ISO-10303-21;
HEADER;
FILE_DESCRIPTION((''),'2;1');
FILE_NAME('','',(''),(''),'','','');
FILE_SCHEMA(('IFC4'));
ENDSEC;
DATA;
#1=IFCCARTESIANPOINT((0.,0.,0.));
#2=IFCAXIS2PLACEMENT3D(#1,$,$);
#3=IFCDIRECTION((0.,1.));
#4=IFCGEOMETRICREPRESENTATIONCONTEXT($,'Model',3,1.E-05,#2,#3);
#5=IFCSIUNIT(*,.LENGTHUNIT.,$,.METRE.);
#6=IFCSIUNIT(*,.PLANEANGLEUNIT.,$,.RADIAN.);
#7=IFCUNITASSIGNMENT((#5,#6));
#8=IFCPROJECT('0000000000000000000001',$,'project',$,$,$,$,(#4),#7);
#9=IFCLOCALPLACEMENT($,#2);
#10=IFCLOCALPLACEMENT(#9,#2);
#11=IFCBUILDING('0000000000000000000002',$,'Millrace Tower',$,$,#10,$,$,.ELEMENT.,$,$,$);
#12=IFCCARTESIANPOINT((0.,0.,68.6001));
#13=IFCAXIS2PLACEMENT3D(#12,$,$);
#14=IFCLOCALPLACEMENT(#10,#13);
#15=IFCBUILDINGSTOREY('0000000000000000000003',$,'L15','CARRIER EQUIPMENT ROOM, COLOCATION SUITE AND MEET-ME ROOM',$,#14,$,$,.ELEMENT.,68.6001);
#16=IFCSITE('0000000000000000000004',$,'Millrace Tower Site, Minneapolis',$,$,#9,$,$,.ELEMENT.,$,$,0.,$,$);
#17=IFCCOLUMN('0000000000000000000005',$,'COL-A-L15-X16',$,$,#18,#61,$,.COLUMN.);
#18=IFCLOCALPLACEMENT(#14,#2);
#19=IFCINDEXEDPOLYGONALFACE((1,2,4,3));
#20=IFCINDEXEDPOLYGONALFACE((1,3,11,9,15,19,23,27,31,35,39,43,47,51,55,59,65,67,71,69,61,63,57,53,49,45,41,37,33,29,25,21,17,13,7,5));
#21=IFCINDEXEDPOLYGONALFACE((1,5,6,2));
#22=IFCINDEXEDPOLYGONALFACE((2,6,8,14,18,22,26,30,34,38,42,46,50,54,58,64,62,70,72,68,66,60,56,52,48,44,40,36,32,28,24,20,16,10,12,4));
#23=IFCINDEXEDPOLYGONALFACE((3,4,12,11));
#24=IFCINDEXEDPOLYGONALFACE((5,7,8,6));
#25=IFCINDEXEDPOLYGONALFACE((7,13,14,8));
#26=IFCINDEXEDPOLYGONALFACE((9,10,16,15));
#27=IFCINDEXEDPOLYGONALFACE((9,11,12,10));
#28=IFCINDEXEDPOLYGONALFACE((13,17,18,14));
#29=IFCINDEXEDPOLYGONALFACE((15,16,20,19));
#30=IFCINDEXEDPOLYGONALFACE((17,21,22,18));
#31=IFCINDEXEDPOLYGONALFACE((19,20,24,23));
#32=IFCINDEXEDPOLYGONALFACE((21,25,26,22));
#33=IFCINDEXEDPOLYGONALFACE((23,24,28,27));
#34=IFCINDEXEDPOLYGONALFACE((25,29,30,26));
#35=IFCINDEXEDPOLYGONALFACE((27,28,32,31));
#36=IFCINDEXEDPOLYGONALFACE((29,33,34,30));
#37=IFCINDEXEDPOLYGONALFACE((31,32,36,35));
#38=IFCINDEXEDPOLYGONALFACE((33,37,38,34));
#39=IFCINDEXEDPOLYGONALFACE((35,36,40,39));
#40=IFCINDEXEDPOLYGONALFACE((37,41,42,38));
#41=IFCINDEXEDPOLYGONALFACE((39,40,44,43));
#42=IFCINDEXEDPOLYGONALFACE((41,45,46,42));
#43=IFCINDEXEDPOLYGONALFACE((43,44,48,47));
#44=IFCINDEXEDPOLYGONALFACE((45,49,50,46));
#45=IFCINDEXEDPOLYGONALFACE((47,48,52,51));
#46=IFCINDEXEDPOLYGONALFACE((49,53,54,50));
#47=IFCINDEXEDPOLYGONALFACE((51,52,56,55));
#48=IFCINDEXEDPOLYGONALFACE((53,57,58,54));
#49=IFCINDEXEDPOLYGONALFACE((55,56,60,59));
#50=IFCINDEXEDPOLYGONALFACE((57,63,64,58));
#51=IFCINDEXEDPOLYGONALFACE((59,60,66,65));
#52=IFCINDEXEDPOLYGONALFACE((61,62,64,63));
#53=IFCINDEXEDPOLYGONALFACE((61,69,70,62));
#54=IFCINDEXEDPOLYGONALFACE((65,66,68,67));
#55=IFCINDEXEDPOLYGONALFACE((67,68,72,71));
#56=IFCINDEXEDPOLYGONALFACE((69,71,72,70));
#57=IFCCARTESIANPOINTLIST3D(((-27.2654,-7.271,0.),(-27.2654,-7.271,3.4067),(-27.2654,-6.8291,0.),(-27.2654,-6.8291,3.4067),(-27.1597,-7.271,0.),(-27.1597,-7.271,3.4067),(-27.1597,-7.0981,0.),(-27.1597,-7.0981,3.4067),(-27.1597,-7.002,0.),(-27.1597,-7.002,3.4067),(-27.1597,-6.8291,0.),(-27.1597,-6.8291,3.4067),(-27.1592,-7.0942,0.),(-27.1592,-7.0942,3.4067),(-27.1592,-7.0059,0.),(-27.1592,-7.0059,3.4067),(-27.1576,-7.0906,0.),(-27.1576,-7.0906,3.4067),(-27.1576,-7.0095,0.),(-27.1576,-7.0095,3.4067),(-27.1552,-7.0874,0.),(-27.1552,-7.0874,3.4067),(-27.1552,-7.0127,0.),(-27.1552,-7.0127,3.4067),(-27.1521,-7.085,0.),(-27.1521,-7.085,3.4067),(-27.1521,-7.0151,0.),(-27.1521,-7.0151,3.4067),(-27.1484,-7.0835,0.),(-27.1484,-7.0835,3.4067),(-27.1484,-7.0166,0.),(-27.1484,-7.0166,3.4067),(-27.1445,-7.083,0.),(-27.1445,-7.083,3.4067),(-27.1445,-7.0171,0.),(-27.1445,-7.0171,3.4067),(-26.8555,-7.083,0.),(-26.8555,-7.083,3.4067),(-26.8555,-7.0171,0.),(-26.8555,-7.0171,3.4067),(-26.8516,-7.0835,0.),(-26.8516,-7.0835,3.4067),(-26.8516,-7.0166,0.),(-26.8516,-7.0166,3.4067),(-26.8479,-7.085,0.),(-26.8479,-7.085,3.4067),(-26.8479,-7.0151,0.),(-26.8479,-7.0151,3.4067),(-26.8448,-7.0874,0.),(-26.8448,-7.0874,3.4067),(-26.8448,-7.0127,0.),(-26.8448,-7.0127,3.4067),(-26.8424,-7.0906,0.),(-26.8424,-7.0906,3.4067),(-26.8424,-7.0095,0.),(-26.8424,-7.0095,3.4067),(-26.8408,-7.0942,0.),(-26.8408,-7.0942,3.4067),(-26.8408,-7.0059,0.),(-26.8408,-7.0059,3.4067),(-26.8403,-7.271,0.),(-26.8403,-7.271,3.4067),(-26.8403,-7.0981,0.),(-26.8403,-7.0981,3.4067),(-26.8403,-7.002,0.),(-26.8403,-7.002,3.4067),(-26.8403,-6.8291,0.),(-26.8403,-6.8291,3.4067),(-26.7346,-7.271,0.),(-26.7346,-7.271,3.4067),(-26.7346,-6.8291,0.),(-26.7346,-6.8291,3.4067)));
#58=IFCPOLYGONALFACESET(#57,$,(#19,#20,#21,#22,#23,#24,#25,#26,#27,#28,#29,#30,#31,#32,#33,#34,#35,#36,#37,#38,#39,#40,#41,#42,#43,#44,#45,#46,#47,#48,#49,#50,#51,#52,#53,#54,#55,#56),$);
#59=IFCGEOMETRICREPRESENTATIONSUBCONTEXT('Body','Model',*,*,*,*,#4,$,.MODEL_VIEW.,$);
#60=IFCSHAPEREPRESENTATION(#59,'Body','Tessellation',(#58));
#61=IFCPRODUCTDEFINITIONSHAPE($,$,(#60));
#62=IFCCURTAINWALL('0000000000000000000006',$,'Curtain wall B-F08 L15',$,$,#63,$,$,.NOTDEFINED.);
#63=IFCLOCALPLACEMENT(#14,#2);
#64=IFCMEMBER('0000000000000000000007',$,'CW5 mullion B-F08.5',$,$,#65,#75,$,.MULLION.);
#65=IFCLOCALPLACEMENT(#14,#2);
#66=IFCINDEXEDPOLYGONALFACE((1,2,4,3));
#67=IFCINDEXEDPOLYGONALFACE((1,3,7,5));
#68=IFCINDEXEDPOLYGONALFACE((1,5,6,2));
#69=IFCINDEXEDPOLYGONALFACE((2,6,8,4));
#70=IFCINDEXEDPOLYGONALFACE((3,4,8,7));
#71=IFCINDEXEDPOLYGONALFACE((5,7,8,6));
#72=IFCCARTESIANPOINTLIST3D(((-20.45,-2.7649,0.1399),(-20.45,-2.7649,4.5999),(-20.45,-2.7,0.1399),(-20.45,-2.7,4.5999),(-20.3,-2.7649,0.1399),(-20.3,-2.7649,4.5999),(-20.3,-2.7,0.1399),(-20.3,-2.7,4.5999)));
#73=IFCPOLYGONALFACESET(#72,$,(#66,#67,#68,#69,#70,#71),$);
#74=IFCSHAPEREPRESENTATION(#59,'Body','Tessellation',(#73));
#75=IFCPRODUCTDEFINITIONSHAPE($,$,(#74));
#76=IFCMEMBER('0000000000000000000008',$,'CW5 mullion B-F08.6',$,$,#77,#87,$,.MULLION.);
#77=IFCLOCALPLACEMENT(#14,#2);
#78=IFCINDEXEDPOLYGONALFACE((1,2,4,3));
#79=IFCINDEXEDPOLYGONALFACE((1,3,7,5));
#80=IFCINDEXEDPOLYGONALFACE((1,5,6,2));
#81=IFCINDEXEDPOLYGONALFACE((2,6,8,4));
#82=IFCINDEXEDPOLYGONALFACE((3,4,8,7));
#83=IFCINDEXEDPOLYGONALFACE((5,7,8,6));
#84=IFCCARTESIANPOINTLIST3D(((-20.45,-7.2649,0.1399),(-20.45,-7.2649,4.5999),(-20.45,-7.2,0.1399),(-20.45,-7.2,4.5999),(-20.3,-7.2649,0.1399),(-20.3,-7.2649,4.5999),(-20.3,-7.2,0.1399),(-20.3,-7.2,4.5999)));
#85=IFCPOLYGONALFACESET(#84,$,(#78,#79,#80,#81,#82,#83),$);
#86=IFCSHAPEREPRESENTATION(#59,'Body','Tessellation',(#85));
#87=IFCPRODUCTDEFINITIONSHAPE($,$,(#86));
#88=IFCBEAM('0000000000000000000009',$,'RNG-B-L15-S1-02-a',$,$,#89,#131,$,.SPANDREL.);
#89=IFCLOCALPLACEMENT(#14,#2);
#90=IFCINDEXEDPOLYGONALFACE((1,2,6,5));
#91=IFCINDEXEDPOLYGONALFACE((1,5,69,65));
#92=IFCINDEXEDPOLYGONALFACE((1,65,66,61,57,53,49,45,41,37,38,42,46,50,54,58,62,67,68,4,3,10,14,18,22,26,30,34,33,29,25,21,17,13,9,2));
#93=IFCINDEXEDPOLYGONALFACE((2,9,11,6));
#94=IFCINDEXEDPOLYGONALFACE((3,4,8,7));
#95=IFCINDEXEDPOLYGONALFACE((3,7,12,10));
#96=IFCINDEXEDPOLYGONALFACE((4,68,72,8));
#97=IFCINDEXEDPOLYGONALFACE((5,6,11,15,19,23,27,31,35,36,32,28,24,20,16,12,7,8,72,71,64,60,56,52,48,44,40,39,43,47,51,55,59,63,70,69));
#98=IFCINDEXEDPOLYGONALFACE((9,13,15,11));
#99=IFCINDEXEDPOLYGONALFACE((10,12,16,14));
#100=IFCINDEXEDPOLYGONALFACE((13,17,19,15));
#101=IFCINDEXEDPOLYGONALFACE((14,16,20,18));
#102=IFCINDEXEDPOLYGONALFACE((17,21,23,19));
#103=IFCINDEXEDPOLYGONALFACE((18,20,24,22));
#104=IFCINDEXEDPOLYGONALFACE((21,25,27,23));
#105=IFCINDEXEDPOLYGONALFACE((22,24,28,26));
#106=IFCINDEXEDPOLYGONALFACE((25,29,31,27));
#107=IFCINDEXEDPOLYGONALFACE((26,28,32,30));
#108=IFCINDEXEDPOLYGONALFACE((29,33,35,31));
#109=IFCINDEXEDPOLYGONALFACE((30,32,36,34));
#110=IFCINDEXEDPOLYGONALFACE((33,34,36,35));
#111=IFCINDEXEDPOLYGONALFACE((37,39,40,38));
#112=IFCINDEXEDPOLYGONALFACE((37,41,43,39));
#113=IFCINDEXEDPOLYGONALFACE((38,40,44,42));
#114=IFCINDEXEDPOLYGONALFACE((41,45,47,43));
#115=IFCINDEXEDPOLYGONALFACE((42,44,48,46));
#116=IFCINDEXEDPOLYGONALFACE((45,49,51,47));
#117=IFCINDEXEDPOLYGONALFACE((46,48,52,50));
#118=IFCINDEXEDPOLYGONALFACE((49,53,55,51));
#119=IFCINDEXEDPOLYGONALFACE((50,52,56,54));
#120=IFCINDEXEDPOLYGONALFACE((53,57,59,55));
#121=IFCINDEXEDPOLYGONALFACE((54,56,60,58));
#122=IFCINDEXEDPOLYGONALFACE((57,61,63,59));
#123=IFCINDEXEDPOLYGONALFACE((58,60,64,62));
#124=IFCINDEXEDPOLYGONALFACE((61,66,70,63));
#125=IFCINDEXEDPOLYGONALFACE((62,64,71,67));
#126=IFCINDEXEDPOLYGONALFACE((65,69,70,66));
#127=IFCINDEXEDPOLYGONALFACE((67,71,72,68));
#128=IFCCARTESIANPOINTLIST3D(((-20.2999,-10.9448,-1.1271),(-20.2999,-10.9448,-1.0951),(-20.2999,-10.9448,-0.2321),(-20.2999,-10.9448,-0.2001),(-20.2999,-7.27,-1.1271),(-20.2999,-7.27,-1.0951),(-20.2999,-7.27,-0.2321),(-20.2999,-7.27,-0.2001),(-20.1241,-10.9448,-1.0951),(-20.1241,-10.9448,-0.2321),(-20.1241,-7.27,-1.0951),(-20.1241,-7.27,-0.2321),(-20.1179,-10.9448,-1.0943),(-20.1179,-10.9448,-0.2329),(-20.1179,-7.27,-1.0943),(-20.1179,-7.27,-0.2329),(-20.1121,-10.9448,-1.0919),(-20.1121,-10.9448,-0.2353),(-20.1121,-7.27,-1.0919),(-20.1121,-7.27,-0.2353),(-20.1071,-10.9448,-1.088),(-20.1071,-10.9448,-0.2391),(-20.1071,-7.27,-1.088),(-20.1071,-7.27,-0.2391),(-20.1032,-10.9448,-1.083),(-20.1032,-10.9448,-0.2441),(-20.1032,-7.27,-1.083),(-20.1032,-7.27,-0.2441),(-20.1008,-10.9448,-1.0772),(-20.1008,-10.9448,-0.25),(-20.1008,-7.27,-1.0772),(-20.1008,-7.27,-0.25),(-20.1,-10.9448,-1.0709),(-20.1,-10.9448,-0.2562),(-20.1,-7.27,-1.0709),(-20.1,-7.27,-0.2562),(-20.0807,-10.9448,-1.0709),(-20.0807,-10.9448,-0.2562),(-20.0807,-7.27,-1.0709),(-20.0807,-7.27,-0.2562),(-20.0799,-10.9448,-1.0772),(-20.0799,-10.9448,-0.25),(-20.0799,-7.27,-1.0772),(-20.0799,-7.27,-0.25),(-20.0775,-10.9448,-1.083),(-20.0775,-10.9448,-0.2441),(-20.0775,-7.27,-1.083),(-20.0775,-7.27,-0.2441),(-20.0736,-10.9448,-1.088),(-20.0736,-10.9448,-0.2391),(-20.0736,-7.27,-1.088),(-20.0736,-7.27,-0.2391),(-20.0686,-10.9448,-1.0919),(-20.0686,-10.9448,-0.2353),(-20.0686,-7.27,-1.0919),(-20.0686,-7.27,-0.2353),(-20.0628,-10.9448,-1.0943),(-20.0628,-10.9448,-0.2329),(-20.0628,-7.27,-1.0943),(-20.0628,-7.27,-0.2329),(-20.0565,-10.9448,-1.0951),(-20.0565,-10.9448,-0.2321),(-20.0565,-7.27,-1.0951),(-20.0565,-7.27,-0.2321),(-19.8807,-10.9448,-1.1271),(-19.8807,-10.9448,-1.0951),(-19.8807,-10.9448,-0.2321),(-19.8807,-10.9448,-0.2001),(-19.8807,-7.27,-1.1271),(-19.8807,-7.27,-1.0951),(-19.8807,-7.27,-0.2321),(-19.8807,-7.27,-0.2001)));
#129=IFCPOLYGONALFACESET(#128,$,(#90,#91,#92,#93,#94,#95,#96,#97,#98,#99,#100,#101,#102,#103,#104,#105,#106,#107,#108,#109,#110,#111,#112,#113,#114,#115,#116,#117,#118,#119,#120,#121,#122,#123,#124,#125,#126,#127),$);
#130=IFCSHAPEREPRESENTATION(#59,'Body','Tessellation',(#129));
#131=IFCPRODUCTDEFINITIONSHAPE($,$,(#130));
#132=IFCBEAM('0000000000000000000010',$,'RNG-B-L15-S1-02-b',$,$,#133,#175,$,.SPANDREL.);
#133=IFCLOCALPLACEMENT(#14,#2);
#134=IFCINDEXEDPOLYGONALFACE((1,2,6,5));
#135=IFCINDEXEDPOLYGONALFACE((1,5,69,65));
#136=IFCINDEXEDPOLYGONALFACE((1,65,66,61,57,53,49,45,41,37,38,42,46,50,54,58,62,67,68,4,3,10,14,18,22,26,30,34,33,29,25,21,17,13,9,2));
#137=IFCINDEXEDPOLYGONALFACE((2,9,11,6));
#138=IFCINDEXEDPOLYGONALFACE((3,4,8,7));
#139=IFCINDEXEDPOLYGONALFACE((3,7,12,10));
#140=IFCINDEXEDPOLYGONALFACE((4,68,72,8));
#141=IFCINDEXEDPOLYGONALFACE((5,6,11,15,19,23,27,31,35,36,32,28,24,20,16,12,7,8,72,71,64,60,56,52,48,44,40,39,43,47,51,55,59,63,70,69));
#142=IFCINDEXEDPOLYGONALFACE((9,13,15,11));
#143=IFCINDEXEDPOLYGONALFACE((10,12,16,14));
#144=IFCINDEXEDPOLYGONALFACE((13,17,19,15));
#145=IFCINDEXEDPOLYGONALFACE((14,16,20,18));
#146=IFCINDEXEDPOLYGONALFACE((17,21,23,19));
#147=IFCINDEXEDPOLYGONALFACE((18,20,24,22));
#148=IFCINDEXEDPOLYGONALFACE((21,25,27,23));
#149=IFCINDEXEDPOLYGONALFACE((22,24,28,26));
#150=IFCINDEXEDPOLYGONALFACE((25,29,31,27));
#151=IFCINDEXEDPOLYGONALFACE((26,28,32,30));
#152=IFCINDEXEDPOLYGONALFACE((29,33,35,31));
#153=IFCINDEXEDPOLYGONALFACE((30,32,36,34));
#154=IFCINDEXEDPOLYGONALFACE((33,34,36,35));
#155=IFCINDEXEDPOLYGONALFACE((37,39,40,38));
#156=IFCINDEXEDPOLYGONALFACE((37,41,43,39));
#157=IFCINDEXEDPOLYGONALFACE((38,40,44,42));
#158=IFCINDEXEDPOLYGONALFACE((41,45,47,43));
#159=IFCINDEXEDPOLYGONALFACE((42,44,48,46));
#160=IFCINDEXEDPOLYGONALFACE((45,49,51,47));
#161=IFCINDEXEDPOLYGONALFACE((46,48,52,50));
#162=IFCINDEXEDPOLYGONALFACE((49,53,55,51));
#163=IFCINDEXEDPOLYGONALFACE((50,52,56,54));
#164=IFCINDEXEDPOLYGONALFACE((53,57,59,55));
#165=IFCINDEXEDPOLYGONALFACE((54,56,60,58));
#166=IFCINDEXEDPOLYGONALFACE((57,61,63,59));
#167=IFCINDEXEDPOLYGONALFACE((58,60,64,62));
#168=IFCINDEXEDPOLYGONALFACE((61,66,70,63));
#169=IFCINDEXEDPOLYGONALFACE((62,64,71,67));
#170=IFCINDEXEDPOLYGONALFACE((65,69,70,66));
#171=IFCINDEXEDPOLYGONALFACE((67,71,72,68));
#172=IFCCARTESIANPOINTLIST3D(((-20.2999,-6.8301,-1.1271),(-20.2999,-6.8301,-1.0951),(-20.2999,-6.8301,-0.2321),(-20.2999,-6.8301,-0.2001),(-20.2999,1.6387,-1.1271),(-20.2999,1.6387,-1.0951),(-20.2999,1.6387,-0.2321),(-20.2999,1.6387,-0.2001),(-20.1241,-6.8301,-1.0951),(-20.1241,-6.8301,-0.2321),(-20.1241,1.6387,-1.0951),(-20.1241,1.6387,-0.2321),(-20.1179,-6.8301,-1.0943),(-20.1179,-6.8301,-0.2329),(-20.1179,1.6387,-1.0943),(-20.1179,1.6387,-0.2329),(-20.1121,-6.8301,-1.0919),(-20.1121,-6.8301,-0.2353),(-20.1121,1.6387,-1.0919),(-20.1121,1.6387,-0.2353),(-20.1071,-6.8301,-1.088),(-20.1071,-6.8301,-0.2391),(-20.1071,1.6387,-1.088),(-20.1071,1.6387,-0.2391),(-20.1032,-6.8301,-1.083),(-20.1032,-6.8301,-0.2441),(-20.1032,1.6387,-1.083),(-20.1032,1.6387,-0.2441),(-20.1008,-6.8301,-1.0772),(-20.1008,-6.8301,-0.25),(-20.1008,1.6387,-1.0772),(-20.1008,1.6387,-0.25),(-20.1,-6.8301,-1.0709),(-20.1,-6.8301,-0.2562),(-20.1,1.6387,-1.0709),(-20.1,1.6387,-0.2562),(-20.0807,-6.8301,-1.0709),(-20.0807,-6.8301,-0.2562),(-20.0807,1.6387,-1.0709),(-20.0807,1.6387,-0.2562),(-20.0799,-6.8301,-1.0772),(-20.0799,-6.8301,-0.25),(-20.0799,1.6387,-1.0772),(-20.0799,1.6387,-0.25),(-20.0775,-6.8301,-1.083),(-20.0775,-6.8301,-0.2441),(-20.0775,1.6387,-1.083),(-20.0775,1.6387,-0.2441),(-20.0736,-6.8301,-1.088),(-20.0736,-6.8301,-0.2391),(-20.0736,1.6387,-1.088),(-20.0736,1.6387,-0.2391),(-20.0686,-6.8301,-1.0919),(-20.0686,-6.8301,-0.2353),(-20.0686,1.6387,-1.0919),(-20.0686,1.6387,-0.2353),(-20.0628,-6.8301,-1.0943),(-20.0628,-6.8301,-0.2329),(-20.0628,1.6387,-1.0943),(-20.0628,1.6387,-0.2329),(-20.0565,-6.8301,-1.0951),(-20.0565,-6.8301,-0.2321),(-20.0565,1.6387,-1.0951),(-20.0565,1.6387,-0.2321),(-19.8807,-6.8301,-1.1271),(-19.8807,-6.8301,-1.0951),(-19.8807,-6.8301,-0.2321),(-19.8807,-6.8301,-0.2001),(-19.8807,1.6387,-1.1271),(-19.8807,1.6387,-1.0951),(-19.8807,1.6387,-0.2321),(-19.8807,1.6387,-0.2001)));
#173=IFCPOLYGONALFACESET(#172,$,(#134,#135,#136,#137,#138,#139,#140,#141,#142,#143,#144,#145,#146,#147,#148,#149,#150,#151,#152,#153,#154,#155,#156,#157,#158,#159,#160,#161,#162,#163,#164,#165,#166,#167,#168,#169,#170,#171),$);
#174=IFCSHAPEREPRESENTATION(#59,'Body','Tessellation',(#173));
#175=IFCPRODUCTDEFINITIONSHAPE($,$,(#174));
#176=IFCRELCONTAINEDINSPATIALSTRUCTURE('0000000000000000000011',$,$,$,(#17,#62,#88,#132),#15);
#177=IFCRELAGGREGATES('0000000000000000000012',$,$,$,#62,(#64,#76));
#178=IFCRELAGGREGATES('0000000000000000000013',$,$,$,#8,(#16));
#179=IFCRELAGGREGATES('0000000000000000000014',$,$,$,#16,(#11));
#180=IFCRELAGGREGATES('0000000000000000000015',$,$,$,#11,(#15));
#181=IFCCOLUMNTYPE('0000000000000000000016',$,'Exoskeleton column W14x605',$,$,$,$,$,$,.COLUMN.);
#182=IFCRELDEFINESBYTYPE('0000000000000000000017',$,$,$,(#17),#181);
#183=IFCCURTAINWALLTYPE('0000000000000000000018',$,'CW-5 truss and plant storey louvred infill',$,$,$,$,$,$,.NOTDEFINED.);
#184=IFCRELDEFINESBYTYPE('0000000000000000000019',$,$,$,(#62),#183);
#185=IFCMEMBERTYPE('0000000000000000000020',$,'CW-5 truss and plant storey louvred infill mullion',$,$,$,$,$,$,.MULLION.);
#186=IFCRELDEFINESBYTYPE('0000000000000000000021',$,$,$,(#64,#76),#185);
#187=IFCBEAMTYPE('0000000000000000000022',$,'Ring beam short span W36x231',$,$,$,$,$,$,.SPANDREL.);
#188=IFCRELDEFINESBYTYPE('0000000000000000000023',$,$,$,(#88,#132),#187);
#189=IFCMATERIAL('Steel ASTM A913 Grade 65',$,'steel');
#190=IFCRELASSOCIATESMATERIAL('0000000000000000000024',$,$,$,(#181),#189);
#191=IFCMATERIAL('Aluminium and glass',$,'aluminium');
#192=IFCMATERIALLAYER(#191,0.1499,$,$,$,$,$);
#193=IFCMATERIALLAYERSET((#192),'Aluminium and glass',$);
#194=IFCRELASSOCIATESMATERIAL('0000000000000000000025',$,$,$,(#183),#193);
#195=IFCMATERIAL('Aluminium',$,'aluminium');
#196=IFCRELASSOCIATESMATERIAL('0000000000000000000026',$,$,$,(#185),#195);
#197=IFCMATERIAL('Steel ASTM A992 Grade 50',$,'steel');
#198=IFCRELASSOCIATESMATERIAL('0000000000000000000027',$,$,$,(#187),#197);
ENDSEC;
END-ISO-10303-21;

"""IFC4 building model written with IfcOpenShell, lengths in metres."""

from ifc_helpers import new_model, si_unit, direction, frame, origin, origin_2d, place, context, subcontext, project, spatial, rectangle, i_section, extrude, material, layer, layer_set, material_profile, profile_set, type_object, element, aggregate, save


model = new_model("IFC4")

# Units and contexts
model_context = context("Model", 3, precision=1e-05, world=origin(), true_north=direction((0.0, 1.0)))
body_context = subcontext(model_context, "Body", "Model", "MODEL_VIEW")
ifc_project = project(units=[si_unit("LENGTHUNIT", "METRE"), si_unit("PLANEANGLEUNIT", "RADIAN")], contexts=[model_context])

# Site, building, storey
site_placement = place(None, origin())
site = spatial("IfcSite", under=ifc_project, at=site_placement, Name="Millrace Tower Site, Minneapolis", CompositionType="ELEMENT", RefElevation=0.0)
building_placement = place(site_placement, origin())
building = spatial("IfcBuilding", under=site, at=building_placement, Name="Millrace Tower", CompositionType="ELEMENT")
storey_placement = place(building_placement, frame((0.0, 0.0, 68.6001)))
storey = spatial("IfcBuildingStorey", under=building, at=storey_placement, Name="L15", Description="CARRIER EQUIPMENT ROOM, COLOCATION SUITE AND MEET-ME ROOM", CompositionType="ELEMENT", Elevation=68.6001)

# Column
ifc_material_1 = material(Name="Steel ASTM A913 Grade 65", Category="steel")
ifc_material_profile_1 = material_profile(ifc_material_1, i_section(OverallWidth=0.4419, OverallDepth=0.5308, WebThickness=0.0659, FlangeThickness=0.1057, FilletRadius=0.0151, at=origin_2d()))
ifc_profile_set_1 = profile_set([ifc_material_profile_1], Name="Steel ASTM A913 Grade 65")
column_type = type_object("IfcColumnType", Name="Exoskeleton column W14x605", PredefinedType="COLUMN", material=ifc_profile_set_1)
column_placement = place(storey_placement, frame((-27.0, -7.05, 0.0), z_axis=(0.0, 0.0, 1.0), x_axis=(0.0, -1.0, 0.0)))
element("IfcColumn", 1, at=column_placement, inside=storey, type_object=column_type, Name="COL-A-L15-X16", PredefinedType="COLUMN", context=body_context, shape_type="SweptSolid", body=[
    extrude(i_section(OverallWidth=0.4419, OverallDepth=0.5308, WebThickness=0.0659, FlangeThickness=0.1057, FilletRadius=0.0151, at=origin_2d()), origin(), (0.0, 0.0, 1.0), 3.4067),
])

# Curtain wall, members
ifc_material_2 = material(Name="Aluminium and glass", Category="aluminium")
ifc_layer_1 = layer(ifc_material_2, 0.1499)
ifc_layer_set_1 = layer_set([ifc_layer_1], Name="Aluminium and glass")
curtain_wall_type = type_object("IfcCurtainWallType", Name="CW-5 truss and plant storey louvred infill", PredefinedType="NOTDEFINED", material=ifc_layer_set_1)
curtain_wall_placement = place(storey_placement, origin())
curtain_wall = element("IfcCurtainWall", 2, at=curtain_wall_placement, inside=storey, type_object=curtain_wall_type, Name="Curtain wall B-F08 L15", PredefinedType="NOTDEFINED")
ifc_material_3 = material(Name="Aluminium", Category="aluminium")
ifc_material_profile_2 = material_profile(ifc_material_3, rectangle(XDim=0.0649, YDim=0.1499, at=origin_2d()))
ifc_profile_set_2 = profile_set([ifc_material_profile_2], Name="Aluminium")
member_type_1 = type_object("IfcMemberType", Name="CW-5 truss and plant storey louvred infill mullion", PredefinedType="MULLION", material=ifc_profile_set_2)
member_1_placement = place(storey_placement, frame((-20.375, -2.7324, 0.1399), z_axis=(0.0, 0.0, 1.0), x_axis=(0.0, -1.0, 0.0)))
member_1 = element("IfcMember", 3, at=member_1_placement, type_object=member_type_1, Name="CW5 mullion B-F08.5", PredefinedType="MULLION", context=body_context, shape_type="SweptSolid", body=[
    extrude(rectangle(XDim=0.0649, YDim=0.1499, at=origin_2d()), origin(), (0.0, 0.0, 1.0), 4.46),
])
member_2_placement = place(storey_placement, frame((-20.375, -7.2324, 0.1399), z_axis=(0.0, 0.0, 1.0), x_axis=(0.0, -1.0, 0.0)))
member_2 = element("IfcMember", 4, at=member_2_placement, type_object=member_type_1, Name="CW5 mullion B-F08.6", PredefinedType="MULLION", context=body_context, shape_type="SweptSolid", body=[
    extrude(rectangle(XDim=0.0649, YDim=0.1499, at=origin_2d()), origin(), (0.0, 0.0, 1.0), 4.46),
])
aggregate(curtain_wall, [member_1, member_2])

# Beams
ifc_material_4 = material(Name="Steel ASTM A992 Grade 50", Category="steel")
ifc_material_profile_3 = material_profile(ifc_material_4, i_section(OverallWidth=0.4192, OverallDepth=0.927, WebThickness=0.0193, FlangeThickness=0.032, FilletRadius=0.0242, at=origin_2d()))
ifc_profile_set_3 = profile_set([ifc_material_profile_3], Name="Steel ASTM A992 Grade 50")
beam_type_1 = type_object("IfcBeamType", Name="Ring beam short span W36x231", PredefinedType="SPANDREL", material=ifc_profile_set_3)
beam_1_placement = place(storey_placement, frame((-20.0903, -10.9448, -0.6636), z_axis=(0.0, 1.0, 0.0), x_axis=(-1.0, 0.0, 0.0)))
element("IfcBeam", 5, at=beam_1_placement, inside=storey, type_object=beam_type_1, Name="RNG-B-L15-S1-02-a", PredefinedType="SPANDREL", context=body_context, shape_type="SweptSolid", body=[
    extrude(i_section(OverallWidth=0.4192, OverallDepth=0.927, WebThickness=0.0193, FlangeThickness=0.032, FilletRadius=0.0242, at=origin_2d()), origin(), (0.0, 0.0, 1.0), 3.6748),
])
beam_2_placement = place(storey_placement, frame((-20.0903, -6.8301, -0.6636), z_axis=(0.0, 1.0, 0.0), x_axis=(-1.0, 0.0, 0.0)))
element("IfcBeam", 6, at=beam_2_placement, inside=storey, type_object=beam_type_1, Name="RNG-B-L15-S1-02-b", PredefinedType="SPANDREL", context=body_context, shape_type="SweptSolid", body=[
    extrude(i_section(OverallWidth=0.4192, OverallDepth=0.927, WebThickness=0.0193, FlangeThickness=0.032, FilletRadius=0.0242, at=origin_2d()), origin(), (0.0, 0.0, 1.0), 8.4688),
])

save(model, "model.ifc")
